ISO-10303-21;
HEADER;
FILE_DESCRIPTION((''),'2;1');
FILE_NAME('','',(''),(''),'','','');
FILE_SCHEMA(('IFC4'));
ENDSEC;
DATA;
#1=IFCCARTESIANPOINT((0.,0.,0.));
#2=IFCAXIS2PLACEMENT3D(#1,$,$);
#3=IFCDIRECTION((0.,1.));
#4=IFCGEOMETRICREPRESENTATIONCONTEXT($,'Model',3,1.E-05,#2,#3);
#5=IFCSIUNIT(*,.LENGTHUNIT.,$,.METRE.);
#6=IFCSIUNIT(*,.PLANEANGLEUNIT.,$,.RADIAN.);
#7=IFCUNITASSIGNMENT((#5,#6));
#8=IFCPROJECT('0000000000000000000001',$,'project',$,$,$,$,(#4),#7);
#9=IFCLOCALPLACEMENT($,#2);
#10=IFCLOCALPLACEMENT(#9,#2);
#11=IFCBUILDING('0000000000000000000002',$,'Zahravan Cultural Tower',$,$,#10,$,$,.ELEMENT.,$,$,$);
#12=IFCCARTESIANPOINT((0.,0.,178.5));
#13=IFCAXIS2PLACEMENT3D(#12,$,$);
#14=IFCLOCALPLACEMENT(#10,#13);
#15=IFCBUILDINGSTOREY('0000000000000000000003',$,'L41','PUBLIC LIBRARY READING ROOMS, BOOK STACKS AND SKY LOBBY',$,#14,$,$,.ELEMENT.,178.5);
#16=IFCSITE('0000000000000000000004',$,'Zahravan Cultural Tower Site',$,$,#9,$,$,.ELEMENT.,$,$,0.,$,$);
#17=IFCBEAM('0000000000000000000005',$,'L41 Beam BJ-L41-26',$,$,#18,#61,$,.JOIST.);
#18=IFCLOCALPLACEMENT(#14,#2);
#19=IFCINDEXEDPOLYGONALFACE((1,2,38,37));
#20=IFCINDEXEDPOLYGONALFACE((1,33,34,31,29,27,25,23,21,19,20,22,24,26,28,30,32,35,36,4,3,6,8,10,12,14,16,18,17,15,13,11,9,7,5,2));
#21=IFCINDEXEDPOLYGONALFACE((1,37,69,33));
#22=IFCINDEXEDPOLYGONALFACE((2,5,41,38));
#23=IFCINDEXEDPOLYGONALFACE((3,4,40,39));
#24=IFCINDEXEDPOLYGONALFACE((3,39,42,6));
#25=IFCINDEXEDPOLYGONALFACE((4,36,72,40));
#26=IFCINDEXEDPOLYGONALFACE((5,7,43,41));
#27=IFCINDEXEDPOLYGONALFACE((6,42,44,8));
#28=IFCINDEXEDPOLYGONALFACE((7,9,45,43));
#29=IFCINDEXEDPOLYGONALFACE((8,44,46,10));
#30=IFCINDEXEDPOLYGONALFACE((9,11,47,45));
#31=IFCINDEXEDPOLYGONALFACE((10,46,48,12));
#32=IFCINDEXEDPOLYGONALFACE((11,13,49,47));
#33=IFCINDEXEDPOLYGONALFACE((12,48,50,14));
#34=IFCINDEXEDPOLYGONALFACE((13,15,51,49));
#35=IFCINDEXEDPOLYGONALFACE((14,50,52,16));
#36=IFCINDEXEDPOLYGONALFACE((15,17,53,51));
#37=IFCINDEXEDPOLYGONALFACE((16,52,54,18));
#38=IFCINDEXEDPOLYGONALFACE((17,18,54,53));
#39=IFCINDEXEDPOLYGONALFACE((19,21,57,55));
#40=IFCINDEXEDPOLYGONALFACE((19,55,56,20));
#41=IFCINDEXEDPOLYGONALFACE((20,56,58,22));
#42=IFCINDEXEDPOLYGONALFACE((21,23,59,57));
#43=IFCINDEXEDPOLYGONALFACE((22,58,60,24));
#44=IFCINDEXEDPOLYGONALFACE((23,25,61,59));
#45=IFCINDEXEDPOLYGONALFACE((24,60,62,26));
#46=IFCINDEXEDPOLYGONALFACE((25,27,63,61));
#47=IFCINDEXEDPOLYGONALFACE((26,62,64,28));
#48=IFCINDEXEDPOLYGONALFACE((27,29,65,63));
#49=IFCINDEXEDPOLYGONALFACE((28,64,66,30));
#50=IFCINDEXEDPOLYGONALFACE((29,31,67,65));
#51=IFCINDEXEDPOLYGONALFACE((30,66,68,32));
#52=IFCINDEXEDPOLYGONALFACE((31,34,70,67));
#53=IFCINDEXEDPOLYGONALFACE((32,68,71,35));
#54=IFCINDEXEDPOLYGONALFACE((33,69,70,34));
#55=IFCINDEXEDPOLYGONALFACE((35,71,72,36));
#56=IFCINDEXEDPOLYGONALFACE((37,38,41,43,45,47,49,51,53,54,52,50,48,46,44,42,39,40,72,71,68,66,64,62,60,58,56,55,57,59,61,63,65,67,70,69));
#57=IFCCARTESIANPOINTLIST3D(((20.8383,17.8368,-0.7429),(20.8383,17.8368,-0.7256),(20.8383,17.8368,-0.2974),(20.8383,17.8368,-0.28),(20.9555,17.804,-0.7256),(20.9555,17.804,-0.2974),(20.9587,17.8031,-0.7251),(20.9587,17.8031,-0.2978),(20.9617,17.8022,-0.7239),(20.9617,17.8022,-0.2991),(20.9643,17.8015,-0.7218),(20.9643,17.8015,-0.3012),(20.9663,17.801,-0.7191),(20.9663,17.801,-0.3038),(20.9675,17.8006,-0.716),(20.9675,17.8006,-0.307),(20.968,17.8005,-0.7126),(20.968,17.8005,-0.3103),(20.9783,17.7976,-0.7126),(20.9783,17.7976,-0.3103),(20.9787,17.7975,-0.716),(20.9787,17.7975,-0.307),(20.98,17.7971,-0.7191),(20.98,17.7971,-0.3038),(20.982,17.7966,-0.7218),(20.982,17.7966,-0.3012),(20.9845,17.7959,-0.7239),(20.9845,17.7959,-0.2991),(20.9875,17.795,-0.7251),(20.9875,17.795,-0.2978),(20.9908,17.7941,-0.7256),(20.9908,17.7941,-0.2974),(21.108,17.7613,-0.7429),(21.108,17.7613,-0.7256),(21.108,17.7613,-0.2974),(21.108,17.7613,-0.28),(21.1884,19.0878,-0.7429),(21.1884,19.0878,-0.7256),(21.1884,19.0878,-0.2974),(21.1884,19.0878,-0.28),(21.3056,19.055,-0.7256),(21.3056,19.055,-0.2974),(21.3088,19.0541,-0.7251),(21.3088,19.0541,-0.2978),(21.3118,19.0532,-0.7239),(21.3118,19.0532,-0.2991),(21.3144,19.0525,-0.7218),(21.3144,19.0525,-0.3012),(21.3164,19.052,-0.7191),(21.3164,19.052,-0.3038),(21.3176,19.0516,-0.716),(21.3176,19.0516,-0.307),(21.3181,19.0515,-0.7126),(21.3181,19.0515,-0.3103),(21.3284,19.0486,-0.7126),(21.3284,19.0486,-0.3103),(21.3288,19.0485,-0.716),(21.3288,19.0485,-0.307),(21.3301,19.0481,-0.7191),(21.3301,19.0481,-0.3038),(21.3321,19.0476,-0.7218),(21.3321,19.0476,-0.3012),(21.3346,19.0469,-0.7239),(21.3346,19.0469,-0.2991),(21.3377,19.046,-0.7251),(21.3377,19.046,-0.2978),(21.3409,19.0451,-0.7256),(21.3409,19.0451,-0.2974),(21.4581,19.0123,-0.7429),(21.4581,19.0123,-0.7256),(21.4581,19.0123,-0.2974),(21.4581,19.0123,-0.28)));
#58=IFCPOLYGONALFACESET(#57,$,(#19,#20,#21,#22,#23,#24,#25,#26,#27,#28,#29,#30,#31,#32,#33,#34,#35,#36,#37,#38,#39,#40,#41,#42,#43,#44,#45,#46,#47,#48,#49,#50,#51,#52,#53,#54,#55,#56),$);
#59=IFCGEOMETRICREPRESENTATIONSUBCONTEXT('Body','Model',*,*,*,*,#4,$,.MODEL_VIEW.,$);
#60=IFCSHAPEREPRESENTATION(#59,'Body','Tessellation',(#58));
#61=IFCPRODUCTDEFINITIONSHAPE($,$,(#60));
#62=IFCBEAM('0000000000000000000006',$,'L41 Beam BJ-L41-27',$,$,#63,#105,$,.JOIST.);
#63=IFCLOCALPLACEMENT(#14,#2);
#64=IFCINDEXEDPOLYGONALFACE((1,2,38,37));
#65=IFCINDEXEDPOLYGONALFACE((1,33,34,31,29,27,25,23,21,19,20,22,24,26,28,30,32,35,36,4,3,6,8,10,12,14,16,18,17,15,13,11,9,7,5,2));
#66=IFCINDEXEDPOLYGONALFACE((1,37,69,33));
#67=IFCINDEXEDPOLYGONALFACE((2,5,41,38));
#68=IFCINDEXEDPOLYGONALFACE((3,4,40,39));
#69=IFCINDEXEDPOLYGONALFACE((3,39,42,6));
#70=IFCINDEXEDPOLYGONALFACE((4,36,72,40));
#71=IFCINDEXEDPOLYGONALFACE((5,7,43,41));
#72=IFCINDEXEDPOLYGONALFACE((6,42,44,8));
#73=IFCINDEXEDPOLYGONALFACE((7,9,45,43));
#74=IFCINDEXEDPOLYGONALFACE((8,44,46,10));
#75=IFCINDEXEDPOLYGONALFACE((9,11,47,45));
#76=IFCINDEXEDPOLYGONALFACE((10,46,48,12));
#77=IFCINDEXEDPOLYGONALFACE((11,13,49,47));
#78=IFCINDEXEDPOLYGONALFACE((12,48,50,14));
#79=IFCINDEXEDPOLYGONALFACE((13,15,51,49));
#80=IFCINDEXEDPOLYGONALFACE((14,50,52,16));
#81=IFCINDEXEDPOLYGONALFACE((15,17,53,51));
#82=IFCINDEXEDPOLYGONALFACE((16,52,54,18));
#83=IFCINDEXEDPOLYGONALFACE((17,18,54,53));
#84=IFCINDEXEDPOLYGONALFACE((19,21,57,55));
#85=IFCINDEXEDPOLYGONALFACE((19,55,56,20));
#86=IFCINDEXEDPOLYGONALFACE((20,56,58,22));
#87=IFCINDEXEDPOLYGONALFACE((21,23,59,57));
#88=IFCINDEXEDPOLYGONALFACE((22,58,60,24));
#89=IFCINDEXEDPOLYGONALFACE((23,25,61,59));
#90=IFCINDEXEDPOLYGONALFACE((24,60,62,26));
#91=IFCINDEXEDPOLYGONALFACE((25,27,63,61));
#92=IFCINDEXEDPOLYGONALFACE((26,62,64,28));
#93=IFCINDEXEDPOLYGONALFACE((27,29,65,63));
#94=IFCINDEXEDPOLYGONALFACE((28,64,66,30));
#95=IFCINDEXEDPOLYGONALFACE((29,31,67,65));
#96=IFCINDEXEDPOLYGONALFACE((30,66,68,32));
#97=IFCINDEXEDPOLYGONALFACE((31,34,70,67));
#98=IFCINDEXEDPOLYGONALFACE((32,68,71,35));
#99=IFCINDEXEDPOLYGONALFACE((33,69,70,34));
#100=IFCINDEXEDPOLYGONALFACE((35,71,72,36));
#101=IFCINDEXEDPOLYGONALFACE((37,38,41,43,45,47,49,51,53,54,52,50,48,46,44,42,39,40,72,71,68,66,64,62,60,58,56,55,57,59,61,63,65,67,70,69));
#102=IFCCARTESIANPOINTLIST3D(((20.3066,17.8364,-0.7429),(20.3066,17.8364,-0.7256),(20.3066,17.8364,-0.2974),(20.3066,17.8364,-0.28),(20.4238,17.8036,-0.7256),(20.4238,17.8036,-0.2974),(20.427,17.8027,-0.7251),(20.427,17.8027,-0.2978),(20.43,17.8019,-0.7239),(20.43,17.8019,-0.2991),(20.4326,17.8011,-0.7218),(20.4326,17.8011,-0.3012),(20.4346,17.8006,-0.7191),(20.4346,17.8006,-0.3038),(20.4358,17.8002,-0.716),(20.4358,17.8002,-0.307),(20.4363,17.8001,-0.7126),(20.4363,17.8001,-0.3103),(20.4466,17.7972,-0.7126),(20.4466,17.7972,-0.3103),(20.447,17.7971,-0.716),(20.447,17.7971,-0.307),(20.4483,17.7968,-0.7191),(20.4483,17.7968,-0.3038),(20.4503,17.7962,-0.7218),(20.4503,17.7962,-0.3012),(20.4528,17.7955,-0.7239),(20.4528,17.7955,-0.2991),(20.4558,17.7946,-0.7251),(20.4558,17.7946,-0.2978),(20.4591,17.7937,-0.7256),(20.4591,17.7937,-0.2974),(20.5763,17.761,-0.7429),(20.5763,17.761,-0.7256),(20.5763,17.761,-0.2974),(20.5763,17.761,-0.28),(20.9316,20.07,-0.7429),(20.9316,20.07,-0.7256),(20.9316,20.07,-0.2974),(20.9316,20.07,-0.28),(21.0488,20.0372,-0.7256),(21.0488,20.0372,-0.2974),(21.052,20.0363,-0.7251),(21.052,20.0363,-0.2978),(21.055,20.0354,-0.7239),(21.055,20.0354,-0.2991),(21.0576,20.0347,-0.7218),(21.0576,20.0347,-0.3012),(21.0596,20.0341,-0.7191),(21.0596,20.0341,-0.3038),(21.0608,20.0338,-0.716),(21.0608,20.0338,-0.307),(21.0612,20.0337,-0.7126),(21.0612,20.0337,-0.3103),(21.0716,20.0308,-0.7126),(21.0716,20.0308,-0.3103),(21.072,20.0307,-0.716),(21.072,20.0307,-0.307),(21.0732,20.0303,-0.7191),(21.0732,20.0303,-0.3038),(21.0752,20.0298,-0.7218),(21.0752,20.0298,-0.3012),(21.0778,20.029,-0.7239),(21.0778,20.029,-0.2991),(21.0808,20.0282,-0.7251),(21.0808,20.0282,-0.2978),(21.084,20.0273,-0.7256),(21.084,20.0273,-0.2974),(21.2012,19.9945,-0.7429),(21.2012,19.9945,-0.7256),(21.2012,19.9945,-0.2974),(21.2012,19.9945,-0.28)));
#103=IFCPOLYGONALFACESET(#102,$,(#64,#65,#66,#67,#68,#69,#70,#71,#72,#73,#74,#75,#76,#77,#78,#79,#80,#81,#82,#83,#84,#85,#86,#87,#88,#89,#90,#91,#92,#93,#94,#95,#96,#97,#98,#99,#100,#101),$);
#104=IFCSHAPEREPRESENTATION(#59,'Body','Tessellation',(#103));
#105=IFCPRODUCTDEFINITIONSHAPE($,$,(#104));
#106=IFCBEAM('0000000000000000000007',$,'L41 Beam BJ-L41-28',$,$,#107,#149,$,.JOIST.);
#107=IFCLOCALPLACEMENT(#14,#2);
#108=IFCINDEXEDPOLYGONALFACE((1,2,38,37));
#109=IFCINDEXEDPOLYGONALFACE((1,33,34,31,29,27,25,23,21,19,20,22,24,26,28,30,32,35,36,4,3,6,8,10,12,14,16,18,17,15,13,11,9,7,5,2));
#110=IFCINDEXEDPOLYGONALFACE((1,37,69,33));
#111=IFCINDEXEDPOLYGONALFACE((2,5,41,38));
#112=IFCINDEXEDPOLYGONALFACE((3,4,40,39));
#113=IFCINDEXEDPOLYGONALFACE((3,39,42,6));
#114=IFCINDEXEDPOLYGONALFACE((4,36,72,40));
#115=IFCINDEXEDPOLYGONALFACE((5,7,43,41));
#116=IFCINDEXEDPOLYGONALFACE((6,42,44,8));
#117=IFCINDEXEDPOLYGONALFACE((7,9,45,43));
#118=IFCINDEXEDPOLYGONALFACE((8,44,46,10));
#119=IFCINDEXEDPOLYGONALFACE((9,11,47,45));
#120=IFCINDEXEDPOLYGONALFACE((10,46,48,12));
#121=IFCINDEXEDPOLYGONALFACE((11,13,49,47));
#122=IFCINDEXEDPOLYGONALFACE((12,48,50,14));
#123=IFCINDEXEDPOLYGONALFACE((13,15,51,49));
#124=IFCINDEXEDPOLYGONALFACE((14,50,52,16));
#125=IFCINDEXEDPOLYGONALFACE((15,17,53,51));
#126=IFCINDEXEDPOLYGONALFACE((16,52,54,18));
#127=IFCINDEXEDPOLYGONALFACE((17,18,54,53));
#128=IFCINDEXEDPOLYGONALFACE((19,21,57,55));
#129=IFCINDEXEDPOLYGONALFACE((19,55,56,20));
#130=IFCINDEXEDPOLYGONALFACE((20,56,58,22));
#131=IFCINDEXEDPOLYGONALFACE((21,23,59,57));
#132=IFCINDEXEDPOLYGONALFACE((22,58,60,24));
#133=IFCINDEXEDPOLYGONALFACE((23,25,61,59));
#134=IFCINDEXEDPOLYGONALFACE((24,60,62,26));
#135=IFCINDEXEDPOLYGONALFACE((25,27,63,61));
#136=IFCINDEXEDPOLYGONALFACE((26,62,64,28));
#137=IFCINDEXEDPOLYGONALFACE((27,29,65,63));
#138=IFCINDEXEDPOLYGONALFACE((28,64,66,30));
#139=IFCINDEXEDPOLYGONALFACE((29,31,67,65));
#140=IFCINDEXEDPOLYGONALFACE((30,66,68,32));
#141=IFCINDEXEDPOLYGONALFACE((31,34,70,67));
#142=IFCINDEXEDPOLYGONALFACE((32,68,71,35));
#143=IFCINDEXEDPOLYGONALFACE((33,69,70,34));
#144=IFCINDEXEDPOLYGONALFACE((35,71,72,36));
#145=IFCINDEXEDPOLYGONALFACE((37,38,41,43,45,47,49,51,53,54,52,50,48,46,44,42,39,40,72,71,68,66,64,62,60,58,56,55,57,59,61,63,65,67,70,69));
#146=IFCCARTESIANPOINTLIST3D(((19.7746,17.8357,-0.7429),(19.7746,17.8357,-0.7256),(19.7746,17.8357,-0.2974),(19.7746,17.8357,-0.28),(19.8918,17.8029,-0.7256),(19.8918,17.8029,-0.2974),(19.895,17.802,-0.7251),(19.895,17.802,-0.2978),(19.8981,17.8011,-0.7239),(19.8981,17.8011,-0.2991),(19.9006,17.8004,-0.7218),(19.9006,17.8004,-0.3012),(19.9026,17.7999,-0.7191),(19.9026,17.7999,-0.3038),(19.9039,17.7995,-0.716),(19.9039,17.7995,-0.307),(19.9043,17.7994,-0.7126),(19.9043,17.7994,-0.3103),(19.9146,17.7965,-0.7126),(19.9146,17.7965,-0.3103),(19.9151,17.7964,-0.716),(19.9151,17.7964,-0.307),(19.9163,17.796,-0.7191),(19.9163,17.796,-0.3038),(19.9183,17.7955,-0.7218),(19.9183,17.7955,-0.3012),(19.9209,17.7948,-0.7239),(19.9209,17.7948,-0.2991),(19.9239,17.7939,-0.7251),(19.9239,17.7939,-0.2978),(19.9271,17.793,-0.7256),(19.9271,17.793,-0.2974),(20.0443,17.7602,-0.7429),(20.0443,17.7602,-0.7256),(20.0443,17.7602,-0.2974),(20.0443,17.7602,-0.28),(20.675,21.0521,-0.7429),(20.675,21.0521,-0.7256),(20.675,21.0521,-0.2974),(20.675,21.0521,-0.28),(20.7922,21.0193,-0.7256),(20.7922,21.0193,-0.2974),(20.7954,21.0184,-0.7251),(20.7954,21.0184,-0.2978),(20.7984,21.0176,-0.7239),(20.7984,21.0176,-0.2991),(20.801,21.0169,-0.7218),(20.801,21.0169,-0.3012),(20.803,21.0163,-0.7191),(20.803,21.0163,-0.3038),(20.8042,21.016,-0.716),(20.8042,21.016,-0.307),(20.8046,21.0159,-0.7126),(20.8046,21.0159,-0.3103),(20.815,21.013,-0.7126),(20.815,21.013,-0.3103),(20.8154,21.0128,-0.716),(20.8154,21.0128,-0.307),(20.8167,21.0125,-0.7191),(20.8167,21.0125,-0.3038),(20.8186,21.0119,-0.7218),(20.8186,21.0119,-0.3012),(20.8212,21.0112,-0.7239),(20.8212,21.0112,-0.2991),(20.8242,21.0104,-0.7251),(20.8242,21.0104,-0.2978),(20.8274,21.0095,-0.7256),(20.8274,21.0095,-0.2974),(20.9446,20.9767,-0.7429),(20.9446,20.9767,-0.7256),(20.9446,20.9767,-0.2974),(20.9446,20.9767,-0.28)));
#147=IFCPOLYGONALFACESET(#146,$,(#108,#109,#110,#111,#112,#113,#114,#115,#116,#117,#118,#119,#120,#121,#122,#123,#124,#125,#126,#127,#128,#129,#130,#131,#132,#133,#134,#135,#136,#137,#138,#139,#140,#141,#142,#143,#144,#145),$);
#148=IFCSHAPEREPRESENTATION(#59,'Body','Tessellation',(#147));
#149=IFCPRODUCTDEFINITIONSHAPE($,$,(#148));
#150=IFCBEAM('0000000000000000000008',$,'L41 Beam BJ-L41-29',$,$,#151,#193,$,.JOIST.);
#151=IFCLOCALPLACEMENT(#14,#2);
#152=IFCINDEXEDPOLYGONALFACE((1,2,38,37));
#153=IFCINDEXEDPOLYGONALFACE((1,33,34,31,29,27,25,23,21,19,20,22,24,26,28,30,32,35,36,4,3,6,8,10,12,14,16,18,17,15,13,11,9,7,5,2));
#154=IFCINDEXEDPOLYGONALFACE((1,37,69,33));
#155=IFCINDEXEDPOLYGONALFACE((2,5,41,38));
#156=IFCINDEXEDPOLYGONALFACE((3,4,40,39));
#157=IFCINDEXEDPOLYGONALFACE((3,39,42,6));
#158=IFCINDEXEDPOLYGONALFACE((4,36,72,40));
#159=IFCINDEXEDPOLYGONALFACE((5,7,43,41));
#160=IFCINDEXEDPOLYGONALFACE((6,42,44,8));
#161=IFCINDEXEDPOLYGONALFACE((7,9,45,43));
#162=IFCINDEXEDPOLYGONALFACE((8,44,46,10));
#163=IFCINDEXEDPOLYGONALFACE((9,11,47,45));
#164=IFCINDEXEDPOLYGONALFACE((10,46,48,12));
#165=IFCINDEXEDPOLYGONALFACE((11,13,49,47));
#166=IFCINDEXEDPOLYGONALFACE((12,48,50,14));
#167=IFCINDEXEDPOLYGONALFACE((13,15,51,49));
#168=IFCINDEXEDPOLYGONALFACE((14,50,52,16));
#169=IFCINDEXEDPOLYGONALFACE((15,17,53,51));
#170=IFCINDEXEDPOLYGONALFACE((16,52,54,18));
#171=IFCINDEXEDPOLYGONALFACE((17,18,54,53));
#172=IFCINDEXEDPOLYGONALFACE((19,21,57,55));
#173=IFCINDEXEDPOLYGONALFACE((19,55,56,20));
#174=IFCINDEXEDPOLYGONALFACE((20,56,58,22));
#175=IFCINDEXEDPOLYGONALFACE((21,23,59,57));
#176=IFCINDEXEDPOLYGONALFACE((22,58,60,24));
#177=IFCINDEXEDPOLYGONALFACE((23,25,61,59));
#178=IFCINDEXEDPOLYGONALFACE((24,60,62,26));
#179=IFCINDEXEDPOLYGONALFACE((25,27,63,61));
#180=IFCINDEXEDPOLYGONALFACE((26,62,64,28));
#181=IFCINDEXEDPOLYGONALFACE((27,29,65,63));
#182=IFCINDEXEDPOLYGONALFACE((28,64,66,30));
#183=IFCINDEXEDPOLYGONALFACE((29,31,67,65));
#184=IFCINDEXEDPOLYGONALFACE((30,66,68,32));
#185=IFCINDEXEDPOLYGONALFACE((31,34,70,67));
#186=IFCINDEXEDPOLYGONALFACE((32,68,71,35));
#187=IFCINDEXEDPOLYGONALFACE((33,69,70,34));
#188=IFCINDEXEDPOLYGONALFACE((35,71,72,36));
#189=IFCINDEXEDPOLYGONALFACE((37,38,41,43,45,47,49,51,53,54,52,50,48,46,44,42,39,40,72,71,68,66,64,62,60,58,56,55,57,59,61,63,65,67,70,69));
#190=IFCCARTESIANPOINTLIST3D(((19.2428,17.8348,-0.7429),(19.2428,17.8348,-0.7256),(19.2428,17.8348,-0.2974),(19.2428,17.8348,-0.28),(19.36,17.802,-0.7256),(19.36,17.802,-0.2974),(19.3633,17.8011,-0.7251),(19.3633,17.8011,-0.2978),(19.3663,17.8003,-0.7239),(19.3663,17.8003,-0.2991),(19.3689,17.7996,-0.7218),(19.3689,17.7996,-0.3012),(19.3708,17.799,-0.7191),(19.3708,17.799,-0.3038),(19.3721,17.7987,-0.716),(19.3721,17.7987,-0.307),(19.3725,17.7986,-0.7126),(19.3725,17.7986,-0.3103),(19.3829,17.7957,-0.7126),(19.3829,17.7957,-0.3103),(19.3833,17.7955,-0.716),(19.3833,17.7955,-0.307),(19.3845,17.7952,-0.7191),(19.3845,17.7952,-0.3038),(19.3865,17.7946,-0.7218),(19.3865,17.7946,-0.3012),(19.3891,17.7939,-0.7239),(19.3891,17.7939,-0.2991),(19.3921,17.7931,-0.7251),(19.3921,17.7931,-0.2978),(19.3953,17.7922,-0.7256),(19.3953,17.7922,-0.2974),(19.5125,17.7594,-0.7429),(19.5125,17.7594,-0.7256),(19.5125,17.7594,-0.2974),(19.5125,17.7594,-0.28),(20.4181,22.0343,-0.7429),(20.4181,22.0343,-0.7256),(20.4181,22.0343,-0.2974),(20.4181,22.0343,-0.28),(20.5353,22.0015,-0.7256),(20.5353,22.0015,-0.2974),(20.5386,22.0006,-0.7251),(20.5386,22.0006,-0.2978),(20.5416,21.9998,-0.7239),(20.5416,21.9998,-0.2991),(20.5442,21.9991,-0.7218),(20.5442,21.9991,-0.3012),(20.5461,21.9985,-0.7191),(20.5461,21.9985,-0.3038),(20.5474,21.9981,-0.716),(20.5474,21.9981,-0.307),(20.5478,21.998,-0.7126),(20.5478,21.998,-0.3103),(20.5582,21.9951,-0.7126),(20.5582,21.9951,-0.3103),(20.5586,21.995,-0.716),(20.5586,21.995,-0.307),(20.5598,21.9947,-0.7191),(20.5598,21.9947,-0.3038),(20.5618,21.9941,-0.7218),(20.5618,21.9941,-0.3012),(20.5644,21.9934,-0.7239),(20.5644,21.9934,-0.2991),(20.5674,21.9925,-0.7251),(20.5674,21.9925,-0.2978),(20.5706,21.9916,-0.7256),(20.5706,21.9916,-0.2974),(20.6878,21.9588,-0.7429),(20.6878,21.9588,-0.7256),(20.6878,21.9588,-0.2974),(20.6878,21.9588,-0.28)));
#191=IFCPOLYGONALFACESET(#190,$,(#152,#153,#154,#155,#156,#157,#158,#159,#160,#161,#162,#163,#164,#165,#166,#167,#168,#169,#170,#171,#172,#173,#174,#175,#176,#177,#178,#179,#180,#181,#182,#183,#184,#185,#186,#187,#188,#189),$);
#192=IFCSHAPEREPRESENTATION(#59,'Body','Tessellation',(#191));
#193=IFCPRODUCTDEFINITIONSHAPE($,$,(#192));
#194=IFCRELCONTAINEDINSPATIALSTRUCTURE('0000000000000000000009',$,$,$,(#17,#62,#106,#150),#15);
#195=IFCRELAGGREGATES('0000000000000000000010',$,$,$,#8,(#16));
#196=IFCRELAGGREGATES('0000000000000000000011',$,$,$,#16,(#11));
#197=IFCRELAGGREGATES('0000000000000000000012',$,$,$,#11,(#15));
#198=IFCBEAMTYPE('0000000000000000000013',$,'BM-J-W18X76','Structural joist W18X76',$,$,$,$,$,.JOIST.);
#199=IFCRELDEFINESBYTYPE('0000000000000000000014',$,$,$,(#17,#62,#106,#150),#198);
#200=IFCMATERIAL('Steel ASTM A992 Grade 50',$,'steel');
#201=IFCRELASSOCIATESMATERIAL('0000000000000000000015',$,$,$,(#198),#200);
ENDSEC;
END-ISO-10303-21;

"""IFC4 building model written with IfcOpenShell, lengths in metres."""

from ifc_helpers import new_model, si_unit, direction, frame, origin, origin_2d, place, context, subcontext, project, spatial, i_section, extrude, source, transform, mapped, material, material_profile, profile_set, type_object, element, save


model = new_model("IFC4")

# Units and contexts
model_context = context("Model", 3, precision=1e-05, world=origin(), true_north=direction((0.0, 1.0)))
body_context = subcontext(model_context, "Body", "Model", "MODEL_VIEW")
ifc_project = project(units=[si_unit("LENGTHUNIT", "METRE"), si_unit("PLANEANGLEUNIT", "RADIAN")], contexts=[model_context])

# Site, building, storey
site_placement = place(None, origin())
site = spatial("IfcSite", under=ifc_project, at=site_placement, Name="Zahravan Cultural Tower Site", CompositionType="ELEMENT", RefElevation=0.0)
building_placement = place(site_placement, origin())
building = spatial("IfcBuilding", under=site, at=building_placement, Name="Zahravan Cultural Tower", CompositionType="ELEMENT")
storey_placement = place(building_placement, frame((0.0, 0.0, 178.5)))
storey = spatial("IfcBuildingStorey", under=building, at=storey_placement, Name="L41", Description="PUBLIC LIBRARY READING ROOMS, BOOK STACKS AND SKY LOBBY", CompositionType="ELEMENT", Elevation=178.5)

# Shared definitions
ifc_material_1 = material(Name="Steel ASTM A992 Grade 50", Category="steel")

# Beams
ifc_material_profile_1 = material_profile(ifc_material_1, i_section(OverallWidth=0.28, OverallDepth=0.4629, WebThickness=0.0107, FlangeThickness=0.0173, FilletRadius=0.0129, at=origin_2d()), Name="W18X76")
ifc_profile_set_1 = profile_set([ifc_material_profile_1], Name="Steel ASTM A992 Grade 50")
beam_type_1 = type_object("IfcBeamType", Name="BM-J-W18X76", Description="Structural joist W18X76", PredefinedType="JOIST", material=ifc_profile_set_1)
shared_shape_1 = source(origin(), body_context, "Body", "SweptSolid", [
    extrude(i_section(OverallWidth=0.28, OverallDepth=0.4629, WebThickness=0.0107, FlangeThickness=0.0173, FilletRadius=0.0129, at=origin_2d()), origin(), (0.0, 0.0, 1.0), 1.2991),
])
beam_1_placement = place(storey_placement, frame((21.3232, 19.05, -0.5115), z_axis=(-0.269504, -0.962999, 0.0), x_axis=(0.962999, -0.269504, 0.0)))
element("IfcBeam", 1, at=beam_1_placement, inside=storey, type_object=beam_type_1, Name="L41 Beam BJ-L41-26", PredefinedType="JOIST", context=body_context, shape_type="MappedRepresentation", body=[
    mapped(shared_shape_1, transform((0.0, 0.0, 0.0), x_axis=(1.0, 0.0, 0.0), y_axis=(0.0, 1.0, 0.0), z_axis=(0.0, 0.0, 1.0), scale=1.0)),
])
shared_shape_2 = source(origin(), body_context, "Body", "SweptSolid", [
    extrude(i_section(OverallWidth=0.28, OverallDepth=0.4629, WebThickness=0.0107, FlangeThickness=0.0173, FilletRadius=0.0129, at=origin_2d()), origin(), (0.0, 0.0, 1.0), 2.3193),
])
beam_2_placement = place(storey_placement, frame((21.0664, 20.0322, -0.5115), z_axis=(-0.269462, -0.963011, 0.0), x_axis=(0.963011, -0.269462, 0.0)))
element("IfcBeam", 2, at=beam_2_placement, inside=storey, type_object=beam_type_1, Name="L41 Beam BJ-L41-27", PredefinedType="JOIST", context=body_context, shape_type="MappedRepresentation", body=[
    mapped(shared_shape_2, transform((0.0, 0.0, 0.0), x_axis=(1.0, 0.0, 0.0), y_axis=(0.0, 1.0, 0.0), z_axis=(0.0, 0.0, 1.0), scale=1.0)),
])
shared_shape_3 = source(origin(), body_context, "Body", "SweptSolid", [
    extrude(i_section(OverallWidth=0.28, OverallDepth=0.4629, WebThickness=0.0107, FlangeThickness=0.0173, FilletRadius=0.0129, at=origin_2d()), origin(), (0.0, 0.0, 1.0), 3.3401),
])
beam_3_placement = place(storey_placement, frame((20.8098, 21.0144, -0.5115), z_axis=(-0.269562, -0.962983, 0.0), x_axis=(0.962983, -0.269562, 0.0)))
element("IfcBeam", 3, at=beam_3_placement, inside=storey, type_object=beam_type_1, Name="L41 Beam BJ-L41-28", PredefinedType="JOIST", context=body_context, shape_type="MappedRepresentation", body=[
    mapped(shared_shape_3, transform((0.0, 0.0, 0.0), x_axis=(1.0, 0.0, 0.0), y_axis=(0.0, 1.0, 0.0), z_axis=(0.0, 0.0, 1.0), scale=1.0)),
])
shared_shape_4 = source(origin(), body_context, "Body", "SweptSolid", [
    extrude(i_section(OverallWidth=0.28, OverallDepth=0.4629, WebThickness=0.0107, FlangeThickness=0.0173, FilletRadius=0.0129, at=origin_2d()), origin(), (0.0, 0.0, 1.0), 4.3608),
])
beam_4_placement = place(storey_placement, frame((20.553, 21.9966, -0.5115), z_axis=(-0.269512, -0.962997, 0.0), x_axis=(0.962997, -0.269512, 0.0)))
element("IfcBeam", 4, at=beam_4_placement, inside=storey, type_object=beam_type_1, Name="L41 Beam BJ-L41-29", PredefinedType="JOIST", context=body_context, shape_type="MappedRepresentation", body=[
    mapped(shared_shape_4, transform((0.0, 0.0, 0.0), x_axis=(1.0, 0.0, 0.0), y_axis=(0.0, 1.0, 0.0), z_axis=(0.0, 0.0, 1.0), scale=1.0)),
])

save(model, "model.ifc")
